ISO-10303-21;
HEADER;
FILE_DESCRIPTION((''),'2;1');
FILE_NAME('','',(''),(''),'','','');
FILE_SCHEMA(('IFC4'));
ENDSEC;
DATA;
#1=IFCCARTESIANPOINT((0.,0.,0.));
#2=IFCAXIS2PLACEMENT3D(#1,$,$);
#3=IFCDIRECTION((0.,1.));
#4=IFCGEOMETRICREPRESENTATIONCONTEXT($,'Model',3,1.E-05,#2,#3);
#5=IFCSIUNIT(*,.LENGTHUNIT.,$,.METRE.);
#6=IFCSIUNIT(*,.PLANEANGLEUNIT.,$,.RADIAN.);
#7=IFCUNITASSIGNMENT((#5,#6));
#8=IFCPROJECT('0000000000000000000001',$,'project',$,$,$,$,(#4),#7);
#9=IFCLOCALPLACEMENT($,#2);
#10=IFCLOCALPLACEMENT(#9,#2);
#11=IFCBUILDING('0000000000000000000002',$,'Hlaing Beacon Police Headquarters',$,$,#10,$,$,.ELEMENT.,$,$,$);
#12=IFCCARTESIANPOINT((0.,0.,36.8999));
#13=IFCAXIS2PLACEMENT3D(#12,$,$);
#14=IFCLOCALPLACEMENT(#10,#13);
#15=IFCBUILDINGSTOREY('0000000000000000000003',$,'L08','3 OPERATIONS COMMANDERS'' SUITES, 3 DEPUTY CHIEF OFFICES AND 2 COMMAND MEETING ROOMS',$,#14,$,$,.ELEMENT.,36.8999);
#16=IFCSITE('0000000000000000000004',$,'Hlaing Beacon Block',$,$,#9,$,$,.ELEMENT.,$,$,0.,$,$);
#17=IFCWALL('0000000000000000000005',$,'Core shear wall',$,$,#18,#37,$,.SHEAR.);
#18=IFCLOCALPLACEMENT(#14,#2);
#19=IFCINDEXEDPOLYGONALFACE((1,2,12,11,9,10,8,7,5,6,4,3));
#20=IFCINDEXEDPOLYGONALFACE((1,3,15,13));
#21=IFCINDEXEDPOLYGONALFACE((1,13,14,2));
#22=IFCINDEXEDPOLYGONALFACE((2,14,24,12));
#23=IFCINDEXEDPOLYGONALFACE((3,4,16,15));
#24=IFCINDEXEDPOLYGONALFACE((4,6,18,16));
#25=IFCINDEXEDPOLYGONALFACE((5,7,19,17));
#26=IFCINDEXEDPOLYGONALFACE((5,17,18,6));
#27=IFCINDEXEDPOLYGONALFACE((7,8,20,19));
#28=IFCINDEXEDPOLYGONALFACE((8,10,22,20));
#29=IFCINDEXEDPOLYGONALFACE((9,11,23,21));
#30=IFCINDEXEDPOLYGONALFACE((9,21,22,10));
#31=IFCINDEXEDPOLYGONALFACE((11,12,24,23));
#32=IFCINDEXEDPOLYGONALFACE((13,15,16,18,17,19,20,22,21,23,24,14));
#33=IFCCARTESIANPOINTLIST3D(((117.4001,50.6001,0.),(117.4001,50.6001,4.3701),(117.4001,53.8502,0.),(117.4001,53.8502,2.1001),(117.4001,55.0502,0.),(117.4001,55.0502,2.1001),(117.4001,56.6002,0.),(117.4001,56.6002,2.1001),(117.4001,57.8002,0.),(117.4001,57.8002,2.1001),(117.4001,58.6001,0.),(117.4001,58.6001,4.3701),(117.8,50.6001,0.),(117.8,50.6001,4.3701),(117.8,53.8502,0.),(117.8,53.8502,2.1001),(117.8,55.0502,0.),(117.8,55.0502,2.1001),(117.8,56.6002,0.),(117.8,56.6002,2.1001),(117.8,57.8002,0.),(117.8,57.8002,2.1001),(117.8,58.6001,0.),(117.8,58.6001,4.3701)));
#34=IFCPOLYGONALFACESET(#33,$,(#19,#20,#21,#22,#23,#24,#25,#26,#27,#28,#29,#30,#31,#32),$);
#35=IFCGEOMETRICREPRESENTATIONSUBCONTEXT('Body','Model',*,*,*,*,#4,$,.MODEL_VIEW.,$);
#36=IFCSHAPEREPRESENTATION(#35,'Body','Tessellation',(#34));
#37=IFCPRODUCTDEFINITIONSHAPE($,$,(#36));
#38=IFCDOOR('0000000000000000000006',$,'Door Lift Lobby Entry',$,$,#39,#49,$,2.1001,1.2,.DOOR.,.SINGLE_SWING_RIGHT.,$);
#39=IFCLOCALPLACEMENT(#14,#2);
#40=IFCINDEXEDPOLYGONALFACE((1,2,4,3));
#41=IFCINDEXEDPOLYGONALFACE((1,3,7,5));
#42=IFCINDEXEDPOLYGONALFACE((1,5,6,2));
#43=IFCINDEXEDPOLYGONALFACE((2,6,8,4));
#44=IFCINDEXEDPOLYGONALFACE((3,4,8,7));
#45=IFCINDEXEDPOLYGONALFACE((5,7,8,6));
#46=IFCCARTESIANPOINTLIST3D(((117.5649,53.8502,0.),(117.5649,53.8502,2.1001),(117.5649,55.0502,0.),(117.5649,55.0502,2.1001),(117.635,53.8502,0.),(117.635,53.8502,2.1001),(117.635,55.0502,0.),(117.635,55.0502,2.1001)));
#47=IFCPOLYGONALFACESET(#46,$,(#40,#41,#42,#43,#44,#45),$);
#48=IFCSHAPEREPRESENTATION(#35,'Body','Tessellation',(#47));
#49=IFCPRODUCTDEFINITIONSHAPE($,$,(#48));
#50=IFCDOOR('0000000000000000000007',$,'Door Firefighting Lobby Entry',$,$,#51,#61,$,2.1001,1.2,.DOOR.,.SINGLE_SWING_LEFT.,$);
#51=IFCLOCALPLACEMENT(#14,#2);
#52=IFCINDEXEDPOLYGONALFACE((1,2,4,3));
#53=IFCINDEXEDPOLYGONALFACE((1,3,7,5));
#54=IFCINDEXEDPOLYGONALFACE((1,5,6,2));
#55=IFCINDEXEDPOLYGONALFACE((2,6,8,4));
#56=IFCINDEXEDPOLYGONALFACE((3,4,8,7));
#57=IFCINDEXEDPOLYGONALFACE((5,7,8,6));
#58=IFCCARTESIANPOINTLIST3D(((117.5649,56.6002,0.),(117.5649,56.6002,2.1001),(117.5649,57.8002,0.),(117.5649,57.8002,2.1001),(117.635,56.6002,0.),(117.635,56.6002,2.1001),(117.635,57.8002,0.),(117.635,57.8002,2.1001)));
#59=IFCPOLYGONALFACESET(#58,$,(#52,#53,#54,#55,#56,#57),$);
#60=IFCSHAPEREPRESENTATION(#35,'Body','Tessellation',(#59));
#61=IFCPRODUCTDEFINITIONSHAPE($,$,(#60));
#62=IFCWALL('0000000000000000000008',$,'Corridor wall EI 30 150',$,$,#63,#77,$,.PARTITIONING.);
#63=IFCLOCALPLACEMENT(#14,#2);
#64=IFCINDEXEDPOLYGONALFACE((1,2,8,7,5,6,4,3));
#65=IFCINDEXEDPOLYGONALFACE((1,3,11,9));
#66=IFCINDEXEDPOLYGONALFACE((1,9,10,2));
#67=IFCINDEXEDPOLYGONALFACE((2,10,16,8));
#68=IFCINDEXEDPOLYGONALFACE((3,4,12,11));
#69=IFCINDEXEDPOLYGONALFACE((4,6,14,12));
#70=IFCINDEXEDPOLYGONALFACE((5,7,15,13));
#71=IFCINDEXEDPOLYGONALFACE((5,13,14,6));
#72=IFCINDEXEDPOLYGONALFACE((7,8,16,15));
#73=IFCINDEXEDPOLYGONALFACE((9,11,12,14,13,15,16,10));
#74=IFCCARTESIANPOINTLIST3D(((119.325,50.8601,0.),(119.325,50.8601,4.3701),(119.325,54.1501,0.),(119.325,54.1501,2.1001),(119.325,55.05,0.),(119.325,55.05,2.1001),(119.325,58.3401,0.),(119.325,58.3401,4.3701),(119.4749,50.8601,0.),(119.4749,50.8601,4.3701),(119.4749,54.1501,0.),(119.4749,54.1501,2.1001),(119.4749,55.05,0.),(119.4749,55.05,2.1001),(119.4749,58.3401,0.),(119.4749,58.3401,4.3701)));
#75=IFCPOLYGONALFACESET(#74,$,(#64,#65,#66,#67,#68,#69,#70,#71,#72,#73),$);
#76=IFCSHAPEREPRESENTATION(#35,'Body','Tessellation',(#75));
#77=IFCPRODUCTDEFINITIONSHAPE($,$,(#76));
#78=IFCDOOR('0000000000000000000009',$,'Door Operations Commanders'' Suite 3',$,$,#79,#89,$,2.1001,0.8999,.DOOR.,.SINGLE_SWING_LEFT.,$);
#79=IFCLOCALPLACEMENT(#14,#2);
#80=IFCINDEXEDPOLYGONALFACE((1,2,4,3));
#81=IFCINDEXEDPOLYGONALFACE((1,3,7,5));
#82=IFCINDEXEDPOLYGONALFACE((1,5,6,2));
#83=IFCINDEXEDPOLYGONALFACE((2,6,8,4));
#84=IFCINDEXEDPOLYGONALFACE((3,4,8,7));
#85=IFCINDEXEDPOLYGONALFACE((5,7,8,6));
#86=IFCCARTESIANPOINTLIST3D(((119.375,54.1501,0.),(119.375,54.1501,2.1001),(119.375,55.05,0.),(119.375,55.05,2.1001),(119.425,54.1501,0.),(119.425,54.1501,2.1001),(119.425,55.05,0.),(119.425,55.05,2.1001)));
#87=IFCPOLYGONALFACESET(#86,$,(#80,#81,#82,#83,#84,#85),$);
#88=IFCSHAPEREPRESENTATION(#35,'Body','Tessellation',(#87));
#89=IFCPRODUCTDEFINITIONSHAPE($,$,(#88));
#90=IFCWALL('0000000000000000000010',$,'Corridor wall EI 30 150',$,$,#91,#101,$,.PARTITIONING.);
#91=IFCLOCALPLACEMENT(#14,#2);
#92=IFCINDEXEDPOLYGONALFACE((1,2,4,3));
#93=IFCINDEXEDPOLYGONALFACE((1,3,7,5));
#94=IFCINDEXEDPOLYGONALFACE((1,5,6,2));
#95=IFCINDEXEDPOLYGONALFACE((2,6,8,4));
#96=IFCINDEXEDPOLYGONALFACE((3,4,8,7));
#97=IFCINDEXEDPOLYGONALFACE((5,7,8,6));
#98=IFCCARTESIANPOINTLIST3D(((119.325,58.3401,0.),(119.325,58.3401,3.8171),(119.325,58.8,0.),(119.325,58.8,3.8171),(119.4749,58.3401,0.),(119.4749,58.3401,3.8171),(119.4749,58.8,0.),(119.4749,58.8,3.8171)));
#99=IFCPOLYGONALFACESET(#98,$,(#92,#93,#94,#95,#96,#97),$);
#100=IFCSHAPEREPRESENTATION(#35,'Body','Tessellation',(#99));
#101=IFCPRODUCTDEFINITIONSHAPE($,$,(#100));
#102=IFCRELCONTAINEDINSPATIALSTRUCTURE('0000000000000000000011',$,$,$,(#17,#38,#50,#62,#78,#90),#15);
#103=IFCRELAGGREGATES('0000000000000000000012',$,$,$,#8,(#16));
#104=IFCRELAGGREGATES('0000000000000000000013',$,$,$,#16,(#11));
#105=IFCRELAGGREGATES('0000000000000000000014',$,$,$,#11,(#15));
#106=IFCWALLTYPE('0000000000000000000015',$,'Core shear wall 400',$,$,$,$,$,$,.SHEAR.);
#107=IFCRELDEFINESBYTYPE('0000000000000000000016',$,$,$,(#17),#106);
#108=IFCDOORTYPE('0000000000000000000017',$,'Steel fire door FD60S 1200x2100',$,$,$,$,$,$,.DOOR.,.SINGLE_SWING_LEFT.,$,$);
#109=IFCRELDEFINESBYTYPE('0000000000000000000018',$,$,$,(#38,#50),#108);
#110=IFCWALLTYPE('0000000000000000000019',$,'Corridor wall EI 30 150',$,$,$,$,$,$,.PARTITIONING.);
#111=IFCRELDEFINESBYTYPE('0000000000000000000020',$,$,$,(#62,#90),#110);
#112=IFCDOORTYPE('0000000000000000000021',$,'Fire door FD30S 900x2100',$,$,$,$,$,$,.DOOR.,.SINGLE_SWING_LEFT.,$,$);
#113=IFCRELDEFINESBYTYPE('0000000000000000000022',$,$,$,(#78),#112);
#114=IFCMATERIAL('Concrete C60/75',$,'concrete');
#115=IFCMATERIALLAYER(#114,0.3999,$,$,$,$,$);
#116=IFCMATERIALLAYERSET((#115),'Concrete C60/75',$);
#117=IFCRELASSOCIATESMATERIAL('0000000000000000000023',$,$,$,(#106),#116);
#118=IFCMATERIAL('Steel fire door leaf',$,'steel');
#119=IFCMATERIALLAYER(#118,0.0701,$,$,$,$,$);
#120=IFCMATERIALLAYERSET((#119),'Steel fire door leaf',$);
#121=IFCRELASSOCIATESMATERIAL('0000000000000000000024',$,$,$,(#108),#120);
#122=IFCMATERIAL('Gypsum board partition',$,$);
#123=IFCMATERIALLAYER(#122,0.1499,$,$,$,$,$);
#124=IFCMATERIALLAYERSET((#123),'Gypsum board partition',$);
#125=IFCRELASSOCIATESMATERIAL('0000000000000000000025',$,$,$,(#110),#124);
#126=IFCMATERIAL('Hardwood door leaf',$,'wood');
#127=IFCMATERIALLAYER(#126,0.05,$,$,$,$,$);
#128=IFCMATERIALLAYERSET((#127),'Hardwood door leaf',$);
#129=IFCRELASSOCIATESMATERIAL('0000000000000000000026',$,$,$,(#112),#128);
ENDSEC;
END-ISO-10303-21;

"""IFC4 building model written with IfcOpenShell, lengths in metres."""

from ifc_helpers import new_model, si_unit, direction, frame, frame_2d, origin, place, context, subcontext, project, spatial, rectangle, extrude, material, layer, layer_set, type_object, element, fill, save


model = new_model("IFC4")

# Units and contexts
model_context = context("Model", 3, precision=1e-05, world=origin(), true_north=direction((0.0, 1.0)))
body_context = subcontext(model_context, "Body", "Model", "MODEL_VIEW")
ifc_project = project(units=[si_unit("LENGTHUNIT", "METRE"), si_unit("PLANEANGLEUNIT", "RADIAN")], contexts=[model_context])

# Site, building, storey
site_placement = place(None, origin())
site = spatial("IfcSite", under=ifc_project, at=site_placement, Name="Hlaing Beacon Block", CompositionType="ELEMENT", RefElevation=0.0)
building_placement = place(site_placement, origin())
building = spatial("IfcBuilding", under=site, at=building_placement, Name="Hlaing Beacon Police Headquarters", CompositionType="ELEMENT")
storey_placement = place(building_placement, frame((0.0, 0.0, 36.8999)))
storey = spatial("IfcBuildingStorey", under=building, at=storey_placement, Name="L08", Description="3 OPERATIONS COMMANDERS' SUITES, 3 DEPUTY CHIEF OFFICES AND 2 COMMAND MEETING ROOMS", CompositionType="ELEMENT", Elevation=36.8999)

# Wall, openings, doors
ifc_material_1 = material(Name="Concrete C60/75", Category="concrete")
ifc_layer_1 = layer(ifc_material_1, 0.3999)
ifc_layer_set_1 = layer_set([ifc_layer_1], Name="Concrete C60/75")
wall_type_1 = type_object("IfcWallType", Name="Core shear wall 400", PredefinedType="SHEAR", material=ifc_layer_set_1)
wall_1_placement = place(storey_placement, frame((117.6001, 50.6001, 0.0), z_axis=(0.0, 0.0, 1.0), x_axis=(0.0, 1.0, 0.0)))
wall_1 = element("IfcWall", 1, at=wall_1_placement, inside=storey, type_object=wall_type_1, Name="Core shear wall", PredefinedType="SHEAR", context=body_context, shape_type="SweptSolid", body=[
    extrude(rectangle(XDim=8.0, YDim=0.3999, at=frame_2d((4.0, 0.0))), origin(), (0.0, 0.0, 1.0), 4.3701),
])
opening_1_placement = place(wall_1_placement, frame((3.25, 0.0, 0.0)))
opening_1 = element("IfcOpeningElement", 2, at=opening_1_placement, cuts=wall_1, PredefinedType="OPENING", context=body_context, shape_type="SweptSolid", body=[
    extrude(rectangle(XDim=1.2, YDim=2.1001, at=frame_2d((0.6001, 1.05))), frame((0.0, 0.21, 0.0), z_axis=(0.0, -1.0, 0.0), x_axis=(1.0, 0.0, 0.0)), (0.0, 0.0, 1.0), 0.4199),
])
opening_2_placement = place(wall_1_placement, frame((6.0, 0.0, 0.0)))
opening_2 = element("IfcOpeningElement", 3, at=opening_2_placement, cuts=wall_1, PredefinedType="OPENING", context=body_context, shape_type="SweptSolid", body=[
    extrude(rectangle(XDim=1.2, YDim=2.1001, at=frame_2d((0.6001, 1.05))), frame((0.0, 0.21, 0.0), z_axis=(0.0, -1.0, 0.0), x_axis=(1.0, 0.0, 0.0)), (0.0, 0.0, 1.0), 0.4199),
])
ifc_material_2 = material(Name="Steel fire door leaf", Category="steel")
ifc_layer_2 = layer(ifc_material_2, 0.0701)
ifc_layer_set_2 = layer_set([ifc_layer_2], Name="Steel fire door leaf")
door_type_1 = type_object("IfcDoorType", Name="Steel fire door FD60S 1200x2100", OperationType="SINGLE_SWING_LEFT", PredefinedType="DOOR", material=ifc_layer_set_2)
door_1_placement = place(opening_1_placement, origin())
door_1 = element("IfcDoor", 4, at=door_1_placement, inside=storey, type_object=door_type_1, Name="Door Lift Lobby Entry", OperationType="SINGLE_SWING_RIGHT", OverallHeight=2.1001, OverallWidth=1.2, PredefinedType="DOOR", context=body_context, shape_type="SweptSolid", body=[
    extrude(rectangle(XDim=1.2, YDim=2.1001, at=frame_2d((0.6001, 1.05))), frame((0.0, 0.0352, 0.0), z_axis=(0.0, -1.0, 0.0), x_axis=(1.0, 0.0, 0.0)), (0.0, 0.0, 1.0), 0.0701),
])
fill(opening_1, door_1)
door_2_placement = place(opening_2_placement, origin())
door_2 = element("IfcDoor", 5, at=door_2_placement, inside=storey, type_object=door_type_1, Name="Door Firefighting Lobby Entry", OperationType="SINGLE_SWING_LEFT", OverallHeight=2.1001, OverallWidth=1.2, PredefinedType="DOOR", context=body_context, shape_type="SweptSolid", body=[
    extrude(rectangle(XDim=1.2, YDim=2.1001, at=frame_2d((0.6001, 1.05))), frame((0.0, 0.0352, 0.0), z_axis=(0.0, -1.0, 0.0), x_axis=(1.0, 0.0, 0.0)), (0.0, 0.0, 1.0), 0.0701),
])
fill(opening_2, door_2)

# Wall, opening, door
ifc_material_3 = material(Name="Gypsum board partition")
ifc_layer_3 = layer(ifc_material_3, 0.1499)
ifc_layer_set_3 = layer_set([ifc_layer_3], Name="Gypsum board partition")
wall_type_2 = type_object("IfcWallType", Name="Corridor wall EI 30 150", PredefinedType="PARTITIONING", material=ifc_layer_set_3)
wall_2_placement = place(storey_placement, frame((119.3999, 50.8601, 0.0), z_axis=(0.0, 0.0, 1.0), x_axis=(0.0, 1.0, 0.0)))
wall_2 = element("IfcWall", 6, at=wall_2_placement, inside=storey, type_object=wall_type_2, Name="Corridor wall EI 30 150", PredefinedType="PARTITIONING", context=body_context, shape_type="SweptSolid", body=[
    extrude(rectangle(XDim=7.48, YDim=0.1499, at=frame_2d((3.74, 0.0))), origin(), (0.0, 0.0, 1.0), 4.3701),
])
opening_3_placement = place(wall_2_placement, frame((3.29, 0.0, 0.0)))
opening_3 = element("IfcOpeningElement", 7, at=opening_3_placement, cuts=wall_2, PredefinedType="OPENING", context=body_context, shape_type="SweptSolid", body=[
    extrude(rectangle(XDim=0.8999, YDim=2.1001, at=frame_2d((0.45, 1.05))), frame((0.0, 0.085, 0.0), z_axis=(0.0, -1.0, 0.0), x_axis=(1.0, 0.0, 0.0)), (0.0, 0.0, 1.0), 0.1699),
])
ifc_material_4 = material(Name="Hardwood door leaf", Category="wood")
ifc_layer_4 = layer(ifc_material_4, 0.05)
ifc_layer_set_4 = layer_set([ifc_layer_4], Name="Hardwood door leaf")
door_type_2 = type_object("IfcDoorType", Name="Fire door FD30S 900x2100", OperationType="SINGLE_SWING_LEFT", PredefinedType="DOOR", material=ifc_layer_set_4)
door_3_placement = place(opening_3_placement, frame((0.8999, 0.0, 0.0), z_axis=(0.0, 0.0, 1.0), x_axis=(-1.0, 0.0, 0.0)))
door_3 = element("IfcDoor", 8, at=door_3_placement, inside=storey, type_object=door_type_2, Name="Door Operations Commanders' Suite 3", OperationType="SINGLE_SWING_LEFT", OverallHeight=2.1001, OverallWidth=0.8999, PredefinedType="DOOR", context=body_context, shape_type="SweptSolid", body=[
    extrude(rectangle(XDim=0.8999, YDim=2.1001, at=frame_2d((0.45, 1.05))), frame((0.0, 0.0251, 0.0), z_axis=(0.0, -1.0, 0.0), x_axis=(1.0, 0.0, 0.0)), (0.0, 0.0, 1.0), 0.05),
])
fill(opening_3, door_3)

# Wall
wall_3_placement = place(storey_placement, frame((119.3999, 58.3401, 0.0), z_axis=(0.0, 0.0, 1.0), x_axis=(0.0, 1.0, 0.0)))
element("IfcWall", 9, at=wall_3_placement, inside=storey, type_object=wall_type_2, Name="Corridor wall EI 30 150", PredefinedType="PARTITIONING", context=body_context, shape_type="SweptSolid", body=[
    extrude(rectangle(XDim=0.46, YDim=0.1499, at=frame_2d((0.23, 0.0))), origin(), (0.0, 0.0, 1.0), 3.8171),
])

save(model, "model.ifc")
